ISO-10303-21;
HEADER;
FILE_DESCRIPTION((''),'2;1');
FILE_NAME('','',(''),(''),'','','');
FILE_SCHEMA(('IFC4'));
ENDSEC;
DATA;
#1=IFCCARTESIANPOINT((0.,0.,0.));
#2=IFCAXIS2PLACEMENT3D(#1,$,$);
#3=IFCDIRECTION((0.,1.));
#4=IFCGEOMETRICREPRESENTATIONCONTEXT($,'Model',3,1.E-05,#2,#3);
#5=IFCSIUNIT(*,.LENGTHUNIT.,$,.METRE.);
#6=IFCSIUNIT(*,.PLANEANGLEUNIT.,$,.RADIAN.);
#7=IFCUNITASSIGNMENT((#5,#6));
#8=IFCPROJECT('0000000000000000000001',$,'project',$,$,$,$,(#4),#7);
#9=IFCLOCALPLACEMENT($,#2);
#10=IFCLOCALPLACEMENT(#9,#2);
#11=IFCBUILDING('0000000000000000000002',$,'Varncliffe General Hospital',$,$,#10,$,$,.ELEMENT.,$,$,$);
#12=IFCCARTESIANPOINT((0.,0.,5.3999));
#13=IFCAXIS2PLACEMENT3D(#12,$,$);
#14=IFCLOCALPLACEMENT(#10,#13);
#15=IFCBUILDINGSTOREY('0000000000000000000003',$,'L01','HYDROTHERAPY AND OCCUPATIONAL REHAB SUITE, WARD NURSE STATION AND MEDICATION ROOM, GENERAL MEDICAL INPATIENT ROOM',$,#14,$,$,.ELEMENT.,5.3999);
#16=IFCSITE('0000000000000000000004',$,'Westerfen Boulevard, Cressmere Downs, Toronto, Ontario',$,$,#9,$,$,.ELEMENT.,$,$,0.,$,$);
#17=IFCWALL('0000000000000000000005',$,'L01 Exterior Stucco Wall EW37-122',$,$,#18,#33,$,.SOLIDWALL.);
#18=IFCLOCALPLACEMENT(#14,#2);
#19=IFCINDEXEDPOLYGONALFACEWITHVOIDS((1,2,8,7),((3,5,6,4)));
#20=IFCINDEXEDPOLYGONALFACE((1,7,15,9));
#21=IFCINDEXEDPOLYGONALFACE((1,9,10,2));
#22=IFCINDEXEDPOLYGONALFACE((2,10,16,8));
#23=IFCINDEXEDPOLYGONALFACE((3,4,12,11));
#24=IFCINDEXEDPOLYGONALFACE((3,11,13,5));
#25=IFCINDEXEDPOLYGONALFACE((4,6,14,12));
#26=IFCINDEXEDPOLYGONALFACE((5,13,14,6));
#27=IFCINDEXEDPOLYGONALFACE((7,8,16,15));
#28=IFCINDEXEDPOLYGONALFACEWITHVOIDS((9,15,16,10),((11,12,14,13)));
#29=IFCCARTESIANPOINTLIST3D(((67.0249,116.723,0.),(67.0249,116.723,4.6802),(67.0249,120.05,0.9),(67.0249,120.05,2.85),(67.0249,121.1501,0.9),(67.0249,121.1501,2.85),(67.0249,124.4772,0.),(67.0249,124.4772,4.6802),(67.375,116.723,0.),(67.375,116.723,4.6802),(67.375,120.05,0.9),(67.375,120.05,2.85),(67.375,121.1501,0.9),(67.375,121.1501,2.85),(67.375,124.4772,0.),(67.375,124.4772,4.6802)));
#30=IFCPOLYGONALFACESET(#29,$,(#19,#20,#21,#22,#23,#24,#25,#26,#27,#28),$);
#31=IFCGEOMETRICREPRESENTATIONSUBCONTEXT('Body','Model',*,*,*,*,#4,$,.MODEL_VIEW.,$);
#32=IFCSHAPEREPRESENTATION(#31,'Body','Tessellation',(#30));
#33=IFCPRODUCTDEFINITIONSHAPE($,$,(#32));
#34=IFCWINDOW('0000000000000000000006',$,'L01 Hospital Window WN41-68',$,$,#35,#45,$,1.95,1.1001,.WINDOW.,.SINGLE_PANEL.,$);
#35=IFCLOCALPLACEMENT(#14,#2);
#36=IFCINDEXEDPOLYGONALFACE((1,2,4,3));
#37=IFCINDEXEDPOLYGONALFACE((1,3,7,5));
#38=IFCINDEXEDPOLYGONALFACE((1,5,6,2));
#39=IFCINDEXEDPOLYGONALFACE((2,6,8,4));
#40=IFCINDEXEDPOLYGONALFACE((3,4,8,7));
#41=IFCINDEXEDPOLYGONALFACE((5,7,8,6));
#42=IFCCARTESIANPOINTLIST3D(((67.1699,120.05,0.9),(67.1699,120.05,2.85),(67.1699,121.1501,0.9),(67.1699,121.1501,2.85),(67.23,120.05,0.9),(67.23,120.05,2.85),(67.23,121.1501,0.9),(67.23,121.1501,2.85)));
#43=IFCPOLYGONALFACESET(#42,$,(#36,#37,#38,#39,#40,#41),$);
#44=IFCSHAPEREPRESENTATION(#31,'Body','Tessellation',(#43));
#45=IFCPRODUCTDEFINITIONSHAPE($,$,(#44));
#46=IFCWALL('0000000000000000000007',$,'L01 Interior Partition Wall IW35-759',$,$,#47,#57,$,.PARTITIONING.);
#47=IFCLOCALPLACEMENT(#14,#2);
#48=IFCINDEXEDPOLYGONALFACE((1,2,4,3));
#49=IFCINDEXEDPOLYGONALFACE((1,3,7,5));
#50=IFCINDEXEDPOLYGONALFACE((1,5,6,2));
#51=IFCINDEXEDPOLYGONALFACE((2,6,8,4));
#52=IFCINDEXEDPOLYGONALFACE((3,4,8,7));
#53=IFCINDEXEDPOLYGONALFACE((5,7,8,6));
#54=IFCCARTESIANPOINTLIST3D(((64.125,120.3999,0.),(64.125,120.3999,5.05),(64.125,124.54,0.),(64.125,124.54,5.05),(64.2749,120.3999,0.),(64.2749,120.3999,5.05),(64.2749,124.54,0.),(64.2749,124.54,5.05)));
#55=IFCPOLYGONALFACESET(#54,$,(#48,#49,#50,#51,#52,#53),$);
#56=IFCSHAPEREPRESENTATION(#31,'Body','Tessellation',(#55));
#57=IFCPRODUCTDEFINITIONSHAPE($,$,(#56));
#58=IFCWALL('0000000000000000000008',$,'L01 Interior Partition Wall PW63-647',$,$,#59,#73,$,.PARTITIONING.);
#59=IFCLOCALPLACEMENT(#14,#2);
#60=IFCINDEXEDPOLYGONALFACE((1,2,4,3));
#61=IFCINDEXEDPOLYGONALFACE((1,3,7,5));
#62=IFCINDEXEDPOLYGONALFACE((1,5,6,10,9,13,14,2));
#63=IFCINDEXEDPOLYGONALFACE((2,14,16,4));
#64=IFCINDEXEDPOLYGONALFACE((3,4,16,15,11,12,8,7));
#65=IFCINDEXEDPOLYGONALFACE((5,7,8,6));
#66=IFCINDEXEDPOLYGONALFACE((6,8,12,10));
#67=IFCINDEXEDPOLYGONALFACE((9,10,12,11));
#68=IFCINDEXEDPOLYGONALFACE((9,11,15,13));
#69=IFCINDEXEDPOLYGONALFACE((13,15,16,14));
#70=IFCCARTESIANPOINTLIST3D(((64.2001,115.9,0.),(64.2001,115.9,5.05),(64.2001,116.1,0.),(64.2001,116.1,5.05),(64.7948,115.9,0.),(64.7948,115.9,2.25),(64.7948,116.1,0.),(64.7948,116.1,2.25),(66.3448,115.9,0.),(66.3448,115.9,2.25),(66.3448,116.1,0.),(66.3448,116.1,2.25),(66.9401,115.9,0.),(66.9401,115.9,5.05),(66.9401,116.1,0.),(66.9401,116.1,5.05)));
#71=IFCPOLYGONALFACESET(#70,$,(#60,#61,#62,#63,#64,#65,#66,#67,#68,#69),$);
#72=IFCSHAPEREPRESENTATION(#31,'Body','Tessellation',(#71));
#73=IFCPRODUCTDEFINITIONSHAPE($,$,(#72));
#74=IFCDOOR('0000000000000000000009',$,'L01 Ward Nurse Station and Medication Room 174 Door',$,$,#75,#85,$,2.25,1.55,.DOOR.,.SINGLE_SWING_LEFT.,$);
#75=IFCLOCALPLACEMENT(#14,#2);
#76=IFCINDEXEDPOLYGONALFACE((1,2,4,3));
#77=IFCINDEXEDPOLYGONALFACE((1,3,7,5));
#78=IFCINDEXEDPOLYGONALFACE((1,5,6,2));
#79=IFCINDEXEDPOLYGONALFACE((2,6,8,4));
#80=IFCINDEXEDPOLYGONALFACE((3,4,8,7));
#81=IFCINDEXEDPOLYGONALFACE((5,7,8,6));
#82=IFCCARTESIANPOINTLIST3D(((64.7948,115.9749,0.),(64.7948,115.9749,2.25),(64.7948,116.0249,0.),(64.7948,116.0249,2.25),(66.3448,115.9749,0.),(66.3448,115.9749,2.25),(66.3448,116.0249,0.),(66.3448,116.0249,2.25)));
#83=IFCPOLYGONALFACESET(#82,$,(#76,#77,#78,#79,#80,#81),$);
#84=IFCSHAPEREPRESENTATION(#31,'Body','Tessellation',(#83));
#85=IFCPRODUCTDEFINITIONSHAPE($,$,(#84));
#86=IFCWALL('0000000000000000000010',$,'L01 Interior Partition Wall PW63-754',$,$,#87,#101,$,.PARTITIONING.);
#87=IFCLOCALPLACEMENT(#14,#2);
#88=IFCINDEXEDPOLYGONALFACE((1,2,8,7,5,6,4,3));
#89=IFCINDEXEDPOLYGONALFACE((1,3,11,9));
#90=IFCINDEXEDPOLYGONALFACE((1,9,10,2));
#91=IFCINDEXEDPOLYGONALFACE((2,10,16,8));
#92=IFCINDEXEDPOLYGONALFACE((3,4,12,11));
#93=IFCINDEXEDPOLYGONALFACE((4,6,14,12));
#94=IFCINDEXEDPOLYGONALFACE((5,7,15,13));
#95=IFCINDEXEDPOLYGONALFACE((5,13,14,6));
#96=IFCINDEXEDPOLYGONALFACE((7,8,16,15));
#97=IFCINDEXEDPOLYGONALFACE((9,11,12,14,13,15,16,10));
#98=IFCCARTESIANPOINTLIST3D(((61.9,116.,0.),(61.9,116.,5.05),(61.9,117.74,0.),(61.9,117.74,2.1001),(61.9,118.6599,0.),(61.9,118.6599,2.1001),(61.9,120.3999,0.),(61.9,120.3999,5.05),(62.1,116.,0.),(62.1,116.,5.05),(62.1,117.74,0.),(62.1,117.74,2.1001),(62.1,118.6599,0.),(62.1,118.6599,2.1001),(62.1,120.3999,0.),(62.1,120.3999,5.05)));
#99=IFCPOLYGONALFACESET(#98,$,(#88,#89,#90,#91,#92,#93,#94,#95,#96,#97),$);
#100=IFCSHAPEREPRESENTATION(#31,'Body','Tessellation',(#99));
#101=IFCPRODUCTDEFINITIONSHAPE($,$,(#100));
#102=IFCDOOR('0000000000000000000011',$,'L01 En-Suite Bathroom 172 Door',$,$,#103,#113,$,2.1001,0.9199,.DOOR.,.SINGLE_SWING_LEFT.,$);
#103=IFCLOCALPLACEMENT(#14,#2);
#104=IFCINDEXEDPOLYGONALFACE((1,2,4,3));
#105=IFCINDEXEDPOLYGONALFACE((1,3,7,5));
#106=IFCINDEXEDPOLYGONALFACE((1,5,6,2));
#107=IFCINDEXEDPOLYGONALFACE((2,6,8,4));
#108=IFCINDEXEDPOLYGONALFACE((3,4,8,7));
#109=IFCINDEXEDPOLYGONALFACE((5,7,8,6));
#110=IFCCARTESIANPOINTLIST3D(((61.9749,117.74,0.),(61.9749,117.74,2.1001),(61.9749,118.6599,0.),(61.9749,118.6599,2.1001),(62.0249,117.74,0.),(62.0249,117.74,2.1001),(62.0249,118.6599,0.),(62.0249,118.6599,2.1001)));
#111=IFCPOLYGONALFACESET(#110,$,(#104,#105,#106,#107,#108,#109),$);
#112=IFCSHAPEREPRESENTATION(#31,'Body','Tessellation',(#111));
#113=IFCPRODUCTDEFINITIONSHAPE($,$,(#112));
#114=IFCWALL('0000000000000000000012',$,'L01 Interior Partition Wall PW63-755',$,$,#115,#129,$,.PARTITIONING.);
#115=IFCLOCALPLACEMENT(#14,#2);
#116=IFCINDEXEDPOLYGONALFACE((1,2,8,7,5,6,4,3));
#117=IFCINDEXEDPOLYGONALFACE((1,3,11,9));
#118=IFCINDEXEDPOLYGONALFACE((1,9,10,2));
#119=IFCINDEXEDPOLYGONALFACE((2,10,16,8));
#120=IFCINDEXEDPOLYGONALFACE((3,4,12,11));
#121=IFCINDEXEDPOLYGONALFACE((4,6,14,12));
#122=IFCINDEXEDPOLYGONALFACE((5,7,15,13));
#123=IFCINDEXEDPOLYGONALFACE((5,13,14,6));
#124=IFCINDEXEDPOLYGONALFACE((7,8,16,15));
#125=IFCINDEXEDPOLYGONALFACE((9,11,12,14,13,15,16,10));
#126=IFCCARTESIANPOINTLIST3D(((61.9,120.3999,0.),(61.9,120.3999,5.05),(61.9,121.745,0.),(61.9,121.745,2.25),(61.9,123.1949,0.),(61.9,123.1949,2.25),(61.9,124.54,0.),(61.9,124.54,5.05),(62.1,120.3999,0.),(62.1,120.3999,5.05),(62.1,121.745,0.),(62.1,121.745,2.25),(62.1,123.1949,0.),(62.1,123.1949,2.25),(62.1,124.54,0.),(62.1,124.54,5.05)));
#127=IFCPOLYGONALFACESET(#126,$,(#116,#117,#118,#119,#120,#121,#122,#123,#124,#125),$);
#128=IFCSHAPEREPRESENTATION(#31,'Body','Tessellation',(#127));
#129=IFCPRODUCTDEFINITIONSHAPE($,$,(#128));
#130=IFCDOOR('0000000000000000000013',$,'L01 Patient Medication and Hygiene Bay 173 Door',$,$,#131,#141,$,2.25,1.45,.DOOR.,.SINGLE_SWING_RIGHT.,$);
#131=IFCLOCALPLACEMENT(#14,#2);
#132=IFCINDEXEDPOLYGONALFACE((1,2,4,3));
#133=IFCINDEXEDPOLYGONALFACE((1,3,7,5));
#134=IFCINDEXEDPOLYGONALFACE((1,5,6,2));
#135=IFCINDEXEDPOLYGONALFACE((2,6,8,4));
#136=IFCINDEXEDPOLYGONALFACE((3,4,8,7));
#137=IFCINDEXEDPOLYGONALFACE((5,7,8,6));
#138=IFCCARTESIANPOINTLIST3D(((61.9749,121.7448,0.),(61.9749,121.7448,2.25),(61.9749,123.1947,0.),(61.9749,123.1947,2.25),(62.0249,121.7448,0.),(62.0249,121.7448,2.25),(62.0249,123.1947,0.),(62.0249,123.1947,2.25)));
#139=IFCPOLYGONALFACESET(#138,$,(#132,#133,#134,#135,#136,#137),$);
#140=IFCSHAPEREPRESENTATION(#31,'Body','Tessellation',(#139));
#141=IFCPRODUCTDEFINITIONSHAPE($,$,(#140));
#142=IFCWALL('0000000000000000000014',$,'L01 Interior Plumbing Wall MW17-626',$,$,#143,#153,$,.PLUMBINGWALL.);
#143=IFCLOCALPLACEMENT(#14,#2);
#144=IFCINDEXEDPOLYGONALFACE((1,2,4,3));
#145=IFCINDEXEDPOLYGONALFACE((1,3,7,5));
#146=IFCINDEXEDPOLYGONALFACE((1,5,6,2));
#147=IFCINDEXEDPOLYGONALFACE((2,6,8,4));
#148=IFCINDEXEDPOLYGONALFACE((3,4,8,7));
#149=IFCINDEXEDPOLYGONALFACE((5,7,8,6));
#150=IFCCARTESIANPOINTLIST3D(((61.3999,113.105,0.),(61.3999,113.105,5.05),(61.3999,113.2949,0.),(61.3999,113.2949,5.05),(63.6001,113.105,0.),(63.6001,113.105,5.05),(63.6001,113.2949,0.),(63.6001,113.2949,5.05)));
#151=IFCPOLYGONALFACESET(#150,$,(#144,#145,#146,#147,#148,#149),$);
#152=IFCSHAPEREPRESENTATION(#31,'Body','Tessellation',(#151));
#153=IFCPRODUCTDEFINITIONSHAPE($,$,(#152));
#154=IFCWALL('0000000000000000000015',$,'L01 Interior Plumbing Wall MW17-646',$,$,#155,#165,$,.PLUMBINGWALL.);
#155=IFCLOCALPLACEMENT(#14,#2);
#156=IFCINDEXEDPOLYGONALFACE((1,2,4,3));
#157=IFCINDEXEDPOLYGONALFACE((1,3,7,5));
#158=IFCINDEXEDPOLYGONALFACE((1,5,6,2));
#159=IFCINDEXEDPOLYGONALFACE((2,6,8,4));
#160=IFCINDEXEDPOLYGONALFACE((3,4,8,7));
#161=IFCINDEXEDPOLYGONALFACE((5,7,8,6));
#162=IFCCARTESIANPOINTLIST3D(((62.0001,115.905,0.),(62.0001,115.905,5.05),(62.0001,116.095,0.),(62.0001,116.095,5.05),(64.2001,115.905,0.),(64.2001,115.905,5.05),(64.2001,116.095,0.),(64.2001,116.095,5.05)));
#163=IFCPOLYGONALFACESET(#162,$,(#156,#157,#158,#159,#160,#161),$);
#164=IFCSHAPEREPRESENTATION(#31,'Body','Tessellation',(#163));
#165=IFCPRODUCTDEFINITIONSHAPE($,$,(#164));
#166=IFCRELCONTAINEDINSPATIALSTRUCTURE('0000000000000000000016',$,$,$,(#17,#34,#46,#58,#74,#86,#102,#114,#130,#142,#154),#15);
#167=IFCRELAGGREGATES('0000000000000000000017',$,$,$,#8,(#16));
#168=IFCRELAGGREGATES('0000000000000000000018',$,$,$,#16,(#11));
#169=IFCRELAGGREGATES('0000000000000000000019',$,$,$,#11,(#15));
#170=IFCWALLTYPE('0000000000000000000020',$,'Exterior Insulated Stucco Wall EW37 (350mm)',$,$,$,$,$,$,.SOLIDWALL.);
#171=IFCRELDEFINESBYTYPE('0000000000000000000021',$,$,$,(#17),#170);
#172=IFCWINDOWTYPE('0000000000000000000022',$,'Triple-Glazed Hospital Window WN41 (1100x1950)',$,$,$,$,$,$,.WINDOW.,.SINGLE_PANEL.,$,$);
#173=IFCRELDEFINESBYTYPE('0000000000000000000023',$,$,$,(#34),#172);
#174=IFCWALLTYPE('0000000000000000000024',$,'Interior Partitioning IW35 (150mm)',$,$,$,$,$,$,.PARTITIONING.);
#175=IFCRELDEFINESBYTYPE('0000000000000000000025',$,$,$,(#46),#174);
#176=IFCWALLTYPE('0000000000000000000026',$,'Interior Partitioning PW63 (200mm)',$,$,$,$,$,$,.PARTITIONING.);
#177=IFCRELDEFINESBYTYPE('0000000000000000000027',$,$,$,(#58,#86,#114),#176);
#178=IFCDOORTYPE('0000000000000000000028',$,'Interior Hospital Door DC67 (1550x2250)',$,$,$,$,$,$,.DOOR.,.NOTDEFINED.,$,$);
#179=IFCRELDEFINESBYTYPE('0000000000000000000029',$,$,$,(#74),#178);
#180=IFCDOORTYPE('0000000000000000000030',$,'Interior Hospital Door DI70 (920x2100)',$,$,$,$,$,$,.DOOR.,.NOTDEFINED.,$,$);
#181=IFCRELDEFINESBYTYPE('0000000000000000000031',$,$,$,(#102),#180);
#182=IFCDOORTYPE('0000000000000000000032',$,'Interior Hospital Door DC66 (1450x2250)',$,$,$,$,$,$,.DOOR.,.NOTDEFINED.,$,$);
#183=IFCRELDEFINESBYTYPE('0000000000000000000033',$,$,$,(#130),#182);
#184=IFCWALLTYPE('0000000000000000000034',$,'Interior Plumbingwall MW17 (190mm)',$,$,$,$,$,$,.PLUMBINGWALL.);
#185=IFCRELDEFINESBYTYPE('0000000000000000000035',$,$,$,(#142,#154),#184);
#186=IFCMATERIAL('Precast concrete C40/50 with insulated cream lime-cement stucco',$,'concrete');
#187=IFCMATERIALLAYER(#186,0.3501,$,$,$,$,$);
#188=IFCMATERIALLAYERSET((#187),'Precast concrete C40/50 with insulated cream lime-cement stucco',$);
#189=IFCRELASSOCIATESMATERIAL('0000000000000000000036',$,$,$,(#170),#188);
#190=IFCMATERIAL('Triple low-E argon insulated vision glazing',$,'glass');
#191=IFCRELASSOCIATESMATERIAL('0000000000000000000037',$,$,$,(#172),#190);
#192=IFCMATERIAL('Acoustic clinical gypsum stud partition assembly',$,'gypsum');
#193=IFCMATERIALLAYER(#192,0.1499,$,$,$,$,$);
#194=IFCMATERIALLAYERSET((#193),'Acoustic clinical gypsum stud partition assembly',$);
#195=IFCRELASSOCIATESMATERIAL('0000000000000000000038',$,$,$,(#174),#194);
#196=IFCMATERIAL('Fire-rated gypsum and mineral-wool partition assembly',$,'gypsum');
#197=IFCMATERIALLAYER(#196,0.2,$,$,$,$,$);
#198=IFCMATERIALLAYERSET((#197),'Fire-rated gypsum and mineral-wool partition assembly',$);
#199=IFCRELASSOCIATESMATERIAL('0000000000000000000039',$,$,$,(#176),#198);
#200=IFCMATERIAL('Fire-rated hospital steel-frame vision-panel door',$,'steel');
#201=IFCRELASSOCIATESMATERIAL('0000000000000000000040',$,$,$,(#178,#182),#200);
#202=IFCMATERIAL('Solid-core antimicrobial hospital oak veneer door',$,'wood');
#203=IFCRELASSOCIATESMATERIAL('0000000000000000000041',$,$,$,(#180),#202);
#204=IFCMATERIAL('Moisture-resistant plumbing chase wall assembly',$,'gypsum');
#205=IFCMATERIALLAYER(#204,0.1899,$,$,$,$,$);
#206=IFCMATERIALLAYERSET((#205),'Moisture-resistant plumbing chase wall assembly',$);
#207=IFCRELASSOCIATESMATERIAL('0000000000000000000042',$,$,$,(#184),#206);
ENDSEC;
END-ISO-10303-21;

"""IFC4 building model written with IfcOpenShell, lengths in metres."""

from ifc_helpers import new_model, si_unit, direction, frame, frame_2d, origin, place, context, subcontext, project, spatial, rectangle, extrude, material, layer, layer_set, type_object, element, fill, save


model = new_model("IFC4")

# Units and contexts
model_context = context("Model", 3, precision=1e-05, world=origin(), true_north=direction((0.0, 1.0)))
body_context = subcontext(model_context, "Body", "Model", "MODEL_VIEW")
ifc_project = project(units=[si_unit("LENGTHUNIT", "METRE"), si_unit("PLANEANGLEUNIT", "RADIAN")], contexts=[model_context])

# Site, building, storey
site_placement = place(None, origin())
site = spatial("IfcSite", under=ifc_project, at=site_placement, Name="Westerfen Boulevard, Cressmere Downs, Toronto, Ontario", CompositionType="ELEMENT", RefElevation=0.0)
building_placement = place(site_placement, origin())
building = spatial("IfcBuilding", under=site, at=building_placement, Name="Varncliffe General Hospital", CompositionType="ELEMENT")
storey_placement = place(building_placement, frame((0.0, 0.0, 5.3999)))
storey = spatial("IfcBuildingStorey", under=building, at=storey_placement, Name="L01", Description="HYDROTHERAPY AND OCCUPATIONAL REHAB SUITE, WARD NURSE STATION AND MEDICATION ROOM, GENERAL MEDICAL INPATIENT ROOM", CompositionType="ELEMENT", Elevation=5.3999)

# Shared definitions
ifc_material_1 = material(Name="Triple low-E argon insulated vision glazing", Category="glass")

# Shared definitions
ifc_material_2 = material(Name="Precast concrete C40/50 with insulated cream lime-cement stucco", Category="concrete")

# Wall, opening, window
ifc_layer_1 = layer(ifc_material_2, 0.3501)
ifc_layer_set_1 = layer_set([ifc_layer_1], Name="Precast concrete C40/50 with insulated cream lime-cement stucco")
wall_type_1 = type_object("IfcWallType", Name="Exterior Insulated Stucco Wall EW37 (350mm)", PredefinedType="SOLIDWALL", material=ifc_layer_set_1)
wall_1_placement = place(storey_placement, frame((67.2, 124.4771, 0.0), z_axis=(0.0, 0.0, 1.0), x_axis=(0.0, -1.0, 0.0)))
wall_1 = element("IfcWall", 1, at=wall_1_placement, inside=storey, type_object=wall_type_1, Name="L01 Exterior Stucco Wall EW37-122", PredefinedType="SOLIDWALL", context=body_context, shape_type="SweptSolid", body=[
    extrude(rectangle(XDim=7.7542, YDim=0.3501, at=frame_2d((3.877, 0.0))), origin(), (0.0, 0.0, 1.0), 4.6802),
])
opening_1_placement = place(wall_1_placement, frame((3.3269, 0.0, 0.8999)))
opening_1 = element("IfcOpeningElement", 2, at=opening_1_placement, cuts=wall_1, PredefinedType="OPENING", context=body_context, shape_type="SweptSolid", body=[
    extrude(rectangle(XDim=1.1001, YDim=1.95, at=frame_2d((0.55, 0.9751))), frame((0.0, 0.1851, 0.0), z_axis=(0.0, -1.0, 0.0), x_axis=(1.0, 0.0, 0.0)), (0.0, 0.0, 1.0), 0.3701),
])
window_type_1 = type_object("IfcWindowType", Name="Triple-Glazed Hospital Window WN41 (1100x1950)", PartitioningType="SINGLE_PANEL", PredefinedType="WINDOW", material=ifc_material_1)
window_1_placement = place(opening_1_placement, origin())
window_1 = element("IfcWindow", 3, at=window_1_placement, inside=storey, type_object=window_type_1, Name="L01 Hospital Window WN41-68", OverallHeight=1.95, OverallWidth=1.1001, PartitioningType="SINGLE_PANEL", PredefinedType="WINDOW", context=body_context, shape_type="SweptSolid", body=[
    extrude(rectangle(XDim=1.1001, YDim=1.95, at=frame_2d((0.55, 0.9751))), frame((0.0, 0.03, 0.0), z_axis=(0.0, -1.0, 0.0), x_axis=(1.0, 0.0, 0.0)), (0.0, 0.0, 1.0), 0.0601),
])
fill(opening_1, window_1)

# Wall
ifc_material_3 = material(Name="Acoustic clinical gypsum stud partition assembly", Category="gypsum")
ifc_layer_2 = layer(ifc_material_3, 0.1499)
ifc_layer_set_2 = layer_set([ifc_layer_2], Name="Acoustic clinical gypsum stud partition assembly")
wall_type_2 = type_object("IfcWallType", Name="Interior Partitioning IW35 (150mm)", PredefinedType="PARTITIONING", material=ifc_layer_set_2)
wall_2_placement = place(storey_placement, frame((64.2, 120.3999, 0.0), z_axis=(0.0, 0.0, 1.0), x_axis=(0.0, 1.0, 0.0)))
element("IfcWall", 4, at=wall_2_placement, inside=storey, type_object=wall_type_2, Name="L01 Interior Partition Wall IW35-759", PredefinedType="PARTITIONING", context=body_context, shape_type="SweptSolid", body=[
    extrude(rectangle(XDim=4.1401, YDim=0.1499, at=frame_2d((2.0701, 0.0))), origin(), (0.0, 0.0, 1.0), 5.05),
])

# Walls, openings, doors
ifc_material_4 = material(Name="Fire-rated gypsum and mineral-wool partition assembly", Category="gypsum")
ifc_layer_3 = layer(ifc_material_4, 0.2)
ifc_layer_set_3 = layer_set([ifc_layer_3], Name="Fire-rated gypsum and mineral-wool partition assembly")
wall_type_3 = type_object("IfcWallType", Name="Interior Partitioning PW63 (200mm)", PredefinedType="PARTITIONING", material=ifc_layer_set_3)
wall_3_placement = place(storey_placement, frame((64.2, 116.0, 0.0), z_axis=(0.0, 0.0, 1.0), x_axis=(1.0, 0.0, 0.0)))
wall_3 = element("IfcWall", 5, at=wall_3_placement, inside=storey, type_object=wall_type_3, Name="L01 Interior Partition Wall PW63-647", PredefinedType="PARTITIONING", context=body_context, shape_type="SweptSolid", body=[
    extrude(rectangle(XDim=2.74, YDim=0.2, at=frame_2d((1.3701, 0.0))), origin(), (0.0, 0.0, 1.0), 5.05),
])
opening_2_placement = place(wall_3_placement, frame((0.595, 0.0, 0.0)))
opening_2 = element("IfcOpeningElement", 6, at=opening_2_placement, cuts=wall_3, PredefinedType="OPENING", context=body_context, shape_type="SweptSolid", body=[
    extrude(rectangle(XDim=1.55, YDim=2.25, at=frame_2d((0.7749, 1.125))), frame((0.0, 0.1099, 0.0), z_axis=(0.0, -1.0, 0.0), x_axis=(1.0, 0.0, 0.0)), (0.0, 0.0, 1.0), 0.22),
])
ifc_material_5 = material(Name="Fire-rated hospital steel-frame vision-panel door", Category="steel")
door_type_1 = type_object("IfcDoorType", Name="Interior Hospital Door DC67 (1550x2250)", OperationType="NOTDEFINED", PredefinedType="DOOR", material=ifc_material_5)
door_1_placement = place(opening_2_placement, origin())
door_1 = element("IfcDoor", 7, at=door_1_placement, inside=storey, type_object=door_type_1, Name="L01 Ward Nurse Station and Medication Room 174 Door", OperationType="SINGLE_SWING_LEFT", OverallHeight=2.25, OverallWidth=1.55, PredefinedType="DOOR", context=body_context, shape_type="SweptSolid", body=[
    extrude(rectangle(XDim=1.55, YDim=2.25, at=frame_2d((0.7749, 1.125))), frame((0.0, 0.0249, 0.0), z_axis=(0.0, -1.0, 0.0), x_axis=(1.0, 0.0, 0.0)), (0.0, 0.0, 1.0), 0.05),
])
fill(opening_2, door_1)
wall_4_placement = place(storey_placement, frame((62.0, 116.0, 0.0), z_axis=(0.0, 0.0, 1.0), x_axis=(0.0, 1.0, 0.0)))
wall_4 = element("IfcWall", 8, at=wall_4_placement, inside=storey, type_object=wall_type_3, Name="L01 Interior Partition Wall PW63-754", PredefinedType="PARTITIONING", context=body_context, shape_type="SweptSolid", body=[
    extrude(rectangle(XDim=4.3999, YDim=0.2, at=frame_2d((2.2, 0.0))), origin(), (0.0, 0.0, 1.0), 5.05),
])
opening_3_placement = place(wall_4_placement, frame((1.74, 0.0, 0.0)))
opening_3 = element("IfcOpeningElement", 9, at=opening_3_placement, cuts=wall_4, PredefinedType="OPENING", context=body_context, shape_type="SweptSolid", body=[
    extrude(rectangle(XDim=0.9199, YDim=2.1001, at=frame_2d((0.46, 1.05))), frame((0.0, 0.1099, 0.0), z_axis=(0.0, -1.0, 0.0), x_axis=(1.0, 0.0, 0.0)), (0.0, 0.0, 1.0), 0.22),
])
ifc_material_6 = material(Name="Solid-core antimicrobial hospital oak veneer door", Category="wood")
door_type_2 = type_object("IfcDoorType", Name="Interior Hospital Door DI70 (920x2100)", OperationType="NOTDEFINED", PredefinedType="DOOR", material=ifc_material_6)
door_2_placement = place(opening_3_placement, frame((0.9199, 0.0, 0.0), z_axis=(0.0, 0.0, 1.0), x_axis=(-1.0, 0.0, 0.0)))
door_2 = element("IfcDoor", 10, at=door_2_placement, inside=storey, type_object=door_type_2, Name="L01 En-Suite Bathroom 172 Door", OperationType="SINGLE_SWING_LEFT", OverallHeight=2.1001, OverallWidth=0.9199, PredefinedType="DOOR", context=body_context, shape_type="SweptSolid", body=[
    extrude(rectangle(XDim=0.9199, YDim=2.1001, at=frame_2d((0.46, 1.05))), frame((0.0, 0.0249, 0.0), z_axis=(0.0, -1.0, 0.0), x_axis=(1.0, 0.0, 0.0)), (0.0, 0.0, 1.0), 0.05),
])
fill(opening_3, door_2)
wall_5_placement = place(storey_placement, frame((62.0, 120.3999, 0.0), z_axis=(0.0, 0.0, 1.0), x_axis=(0.0, 1.0, 0.0)))
wall_5 = element("IfcWall", 11, at=wall_5_placement, inside=storey, type_object=wall_type_3, Name="L01 Interior Partition Wall PW63-755", PredefinedType="PARTITIONING", context=body_context, shape_type="SweptSolid", body=[
    extrude(rectangle(XDim=4.1401, YDim=0.2, at=frame_2d((2.0701, 0.0))), origin(), (0.0, 0.0, 1.0), 5.05),
])
opening_4_placement = place(wall_5_placement, frame((1.345, 0.0, 0.0)))
opening_4 = element("IfcOpeningElement", 12, at=opening_4_placement, cuts=wall_5, PredefinedType="OPENING", context=body_context, shape_type="SweptSolid", body=[
    extrude(rectangle(XDim=1.45, YDim=2.25, at=frame_2d((0.7251, 1.125))), frame((0.0, 0.1099, 0.0), z_axis=(0.0, -1.0, 0.0), x_axis=(1.0, 0.0, 0.0)), (0.0, 0.0, 1.0), 0.22),
])
door_type_3 = type_object("IfcDoorType", Name="Interior Hospital Door DC66 (1450x2250)", OperationType="NOTDEFINED", PredefinedType="DOOR", material=ifc_material_5)
door_3_placement = place(opening_4_placement, frame((1.45, 0.0, 0.0), z_axis=(0.0, 0.0, 1.0), x_axis=(-1.0, 0.0, 0.0)))
door_3 = element("IfcDoor", 13, at=door_3_placement, inside=storey, type_object=door_type_3, Name="L01 Patient Medication and Hygiene Bay 173 Door", OperationType="SINGLE_SWING_RIGHT", OverallHeight=2.25, OverallWidth=1.45, PredefinedType="DOOR", context=body_context, shape_type="SweptSolid", body=[
    extrude(rectangle(XDim=1.45, YDim=2.25, at=frame_2d((0.7251, 1.125))), frame((0.0, 0.0249, 0.0), z_axis=(0.0, -1.0, 0.0), x_axis=(1.0, 0.0, 0.0)), (0.0, 0.0, 1.0), 0.05),
])
fill(opening_4, door_3)

# Walls
ifc_material_7 = material(Name="Moisture-resistant plumbing chase wall assembly", Category="gypsum")
ifc_layer_4 = layer(ifc_material_7, 0.1899)
ifc_layer_set_4 = layer_set([ifc_layer_4], Name="Moisture-resistant plumbing chase wall assembly")
wall_type_4 = type_object("IfcWallType", Name="Interior Plumbingwall MW17 (190mm)", PredefinedType="PLUMBINGWALL", material=ifc_layer_set_4)
wall_6_placement = place(storey_placement, frame((61.3999, 113.2, 0.0), z_axis=(0.0, 0.0, 1.0), x_axis=(1.0, 0.0, 0.0)))
element("IfcWall", 14, at=wall_6_placement, inside=storey, type_object=wall_type_4, Name="L01 Interior Plumbing Wall MW17-626", PredefinedType="PLUMBINGWALL", context=body_context, shape_type="SweptSolid", body=[
    extrude(rectangle(XDim=2.2002, YDim=0.1899, at=frame_2d((1.1001, 0.0))), origin(), (0.0, 0.0, 1.0), 5.05),
])
for number, where, z_axis, x_axis, name in (
    (15, (62.0, 116.0, 0.0), (0.0, 0.0, 1.0), (1.0, 0.0, 0.0), "L01 Interior Plumbing Wall MW17-646"),
):
    element("IfcWall", number, at=place(storey_placement, frame(where, z_axis=z_axis, x_axis=x_axis)), inside=storey, type_object=wall_type_4, Name=name, PredefinedType="PLUMBINGWALL", context=body_context, shape_type="SweptSolid", body=[
        extrude(rectangle(XDim=2.2, YDim=0.1899, at=frame_2d((1.1001, 0.0))), origin(), (0.0, 0.0, 1.0), 5.05),
    ])

save(model, "model.ifc")
